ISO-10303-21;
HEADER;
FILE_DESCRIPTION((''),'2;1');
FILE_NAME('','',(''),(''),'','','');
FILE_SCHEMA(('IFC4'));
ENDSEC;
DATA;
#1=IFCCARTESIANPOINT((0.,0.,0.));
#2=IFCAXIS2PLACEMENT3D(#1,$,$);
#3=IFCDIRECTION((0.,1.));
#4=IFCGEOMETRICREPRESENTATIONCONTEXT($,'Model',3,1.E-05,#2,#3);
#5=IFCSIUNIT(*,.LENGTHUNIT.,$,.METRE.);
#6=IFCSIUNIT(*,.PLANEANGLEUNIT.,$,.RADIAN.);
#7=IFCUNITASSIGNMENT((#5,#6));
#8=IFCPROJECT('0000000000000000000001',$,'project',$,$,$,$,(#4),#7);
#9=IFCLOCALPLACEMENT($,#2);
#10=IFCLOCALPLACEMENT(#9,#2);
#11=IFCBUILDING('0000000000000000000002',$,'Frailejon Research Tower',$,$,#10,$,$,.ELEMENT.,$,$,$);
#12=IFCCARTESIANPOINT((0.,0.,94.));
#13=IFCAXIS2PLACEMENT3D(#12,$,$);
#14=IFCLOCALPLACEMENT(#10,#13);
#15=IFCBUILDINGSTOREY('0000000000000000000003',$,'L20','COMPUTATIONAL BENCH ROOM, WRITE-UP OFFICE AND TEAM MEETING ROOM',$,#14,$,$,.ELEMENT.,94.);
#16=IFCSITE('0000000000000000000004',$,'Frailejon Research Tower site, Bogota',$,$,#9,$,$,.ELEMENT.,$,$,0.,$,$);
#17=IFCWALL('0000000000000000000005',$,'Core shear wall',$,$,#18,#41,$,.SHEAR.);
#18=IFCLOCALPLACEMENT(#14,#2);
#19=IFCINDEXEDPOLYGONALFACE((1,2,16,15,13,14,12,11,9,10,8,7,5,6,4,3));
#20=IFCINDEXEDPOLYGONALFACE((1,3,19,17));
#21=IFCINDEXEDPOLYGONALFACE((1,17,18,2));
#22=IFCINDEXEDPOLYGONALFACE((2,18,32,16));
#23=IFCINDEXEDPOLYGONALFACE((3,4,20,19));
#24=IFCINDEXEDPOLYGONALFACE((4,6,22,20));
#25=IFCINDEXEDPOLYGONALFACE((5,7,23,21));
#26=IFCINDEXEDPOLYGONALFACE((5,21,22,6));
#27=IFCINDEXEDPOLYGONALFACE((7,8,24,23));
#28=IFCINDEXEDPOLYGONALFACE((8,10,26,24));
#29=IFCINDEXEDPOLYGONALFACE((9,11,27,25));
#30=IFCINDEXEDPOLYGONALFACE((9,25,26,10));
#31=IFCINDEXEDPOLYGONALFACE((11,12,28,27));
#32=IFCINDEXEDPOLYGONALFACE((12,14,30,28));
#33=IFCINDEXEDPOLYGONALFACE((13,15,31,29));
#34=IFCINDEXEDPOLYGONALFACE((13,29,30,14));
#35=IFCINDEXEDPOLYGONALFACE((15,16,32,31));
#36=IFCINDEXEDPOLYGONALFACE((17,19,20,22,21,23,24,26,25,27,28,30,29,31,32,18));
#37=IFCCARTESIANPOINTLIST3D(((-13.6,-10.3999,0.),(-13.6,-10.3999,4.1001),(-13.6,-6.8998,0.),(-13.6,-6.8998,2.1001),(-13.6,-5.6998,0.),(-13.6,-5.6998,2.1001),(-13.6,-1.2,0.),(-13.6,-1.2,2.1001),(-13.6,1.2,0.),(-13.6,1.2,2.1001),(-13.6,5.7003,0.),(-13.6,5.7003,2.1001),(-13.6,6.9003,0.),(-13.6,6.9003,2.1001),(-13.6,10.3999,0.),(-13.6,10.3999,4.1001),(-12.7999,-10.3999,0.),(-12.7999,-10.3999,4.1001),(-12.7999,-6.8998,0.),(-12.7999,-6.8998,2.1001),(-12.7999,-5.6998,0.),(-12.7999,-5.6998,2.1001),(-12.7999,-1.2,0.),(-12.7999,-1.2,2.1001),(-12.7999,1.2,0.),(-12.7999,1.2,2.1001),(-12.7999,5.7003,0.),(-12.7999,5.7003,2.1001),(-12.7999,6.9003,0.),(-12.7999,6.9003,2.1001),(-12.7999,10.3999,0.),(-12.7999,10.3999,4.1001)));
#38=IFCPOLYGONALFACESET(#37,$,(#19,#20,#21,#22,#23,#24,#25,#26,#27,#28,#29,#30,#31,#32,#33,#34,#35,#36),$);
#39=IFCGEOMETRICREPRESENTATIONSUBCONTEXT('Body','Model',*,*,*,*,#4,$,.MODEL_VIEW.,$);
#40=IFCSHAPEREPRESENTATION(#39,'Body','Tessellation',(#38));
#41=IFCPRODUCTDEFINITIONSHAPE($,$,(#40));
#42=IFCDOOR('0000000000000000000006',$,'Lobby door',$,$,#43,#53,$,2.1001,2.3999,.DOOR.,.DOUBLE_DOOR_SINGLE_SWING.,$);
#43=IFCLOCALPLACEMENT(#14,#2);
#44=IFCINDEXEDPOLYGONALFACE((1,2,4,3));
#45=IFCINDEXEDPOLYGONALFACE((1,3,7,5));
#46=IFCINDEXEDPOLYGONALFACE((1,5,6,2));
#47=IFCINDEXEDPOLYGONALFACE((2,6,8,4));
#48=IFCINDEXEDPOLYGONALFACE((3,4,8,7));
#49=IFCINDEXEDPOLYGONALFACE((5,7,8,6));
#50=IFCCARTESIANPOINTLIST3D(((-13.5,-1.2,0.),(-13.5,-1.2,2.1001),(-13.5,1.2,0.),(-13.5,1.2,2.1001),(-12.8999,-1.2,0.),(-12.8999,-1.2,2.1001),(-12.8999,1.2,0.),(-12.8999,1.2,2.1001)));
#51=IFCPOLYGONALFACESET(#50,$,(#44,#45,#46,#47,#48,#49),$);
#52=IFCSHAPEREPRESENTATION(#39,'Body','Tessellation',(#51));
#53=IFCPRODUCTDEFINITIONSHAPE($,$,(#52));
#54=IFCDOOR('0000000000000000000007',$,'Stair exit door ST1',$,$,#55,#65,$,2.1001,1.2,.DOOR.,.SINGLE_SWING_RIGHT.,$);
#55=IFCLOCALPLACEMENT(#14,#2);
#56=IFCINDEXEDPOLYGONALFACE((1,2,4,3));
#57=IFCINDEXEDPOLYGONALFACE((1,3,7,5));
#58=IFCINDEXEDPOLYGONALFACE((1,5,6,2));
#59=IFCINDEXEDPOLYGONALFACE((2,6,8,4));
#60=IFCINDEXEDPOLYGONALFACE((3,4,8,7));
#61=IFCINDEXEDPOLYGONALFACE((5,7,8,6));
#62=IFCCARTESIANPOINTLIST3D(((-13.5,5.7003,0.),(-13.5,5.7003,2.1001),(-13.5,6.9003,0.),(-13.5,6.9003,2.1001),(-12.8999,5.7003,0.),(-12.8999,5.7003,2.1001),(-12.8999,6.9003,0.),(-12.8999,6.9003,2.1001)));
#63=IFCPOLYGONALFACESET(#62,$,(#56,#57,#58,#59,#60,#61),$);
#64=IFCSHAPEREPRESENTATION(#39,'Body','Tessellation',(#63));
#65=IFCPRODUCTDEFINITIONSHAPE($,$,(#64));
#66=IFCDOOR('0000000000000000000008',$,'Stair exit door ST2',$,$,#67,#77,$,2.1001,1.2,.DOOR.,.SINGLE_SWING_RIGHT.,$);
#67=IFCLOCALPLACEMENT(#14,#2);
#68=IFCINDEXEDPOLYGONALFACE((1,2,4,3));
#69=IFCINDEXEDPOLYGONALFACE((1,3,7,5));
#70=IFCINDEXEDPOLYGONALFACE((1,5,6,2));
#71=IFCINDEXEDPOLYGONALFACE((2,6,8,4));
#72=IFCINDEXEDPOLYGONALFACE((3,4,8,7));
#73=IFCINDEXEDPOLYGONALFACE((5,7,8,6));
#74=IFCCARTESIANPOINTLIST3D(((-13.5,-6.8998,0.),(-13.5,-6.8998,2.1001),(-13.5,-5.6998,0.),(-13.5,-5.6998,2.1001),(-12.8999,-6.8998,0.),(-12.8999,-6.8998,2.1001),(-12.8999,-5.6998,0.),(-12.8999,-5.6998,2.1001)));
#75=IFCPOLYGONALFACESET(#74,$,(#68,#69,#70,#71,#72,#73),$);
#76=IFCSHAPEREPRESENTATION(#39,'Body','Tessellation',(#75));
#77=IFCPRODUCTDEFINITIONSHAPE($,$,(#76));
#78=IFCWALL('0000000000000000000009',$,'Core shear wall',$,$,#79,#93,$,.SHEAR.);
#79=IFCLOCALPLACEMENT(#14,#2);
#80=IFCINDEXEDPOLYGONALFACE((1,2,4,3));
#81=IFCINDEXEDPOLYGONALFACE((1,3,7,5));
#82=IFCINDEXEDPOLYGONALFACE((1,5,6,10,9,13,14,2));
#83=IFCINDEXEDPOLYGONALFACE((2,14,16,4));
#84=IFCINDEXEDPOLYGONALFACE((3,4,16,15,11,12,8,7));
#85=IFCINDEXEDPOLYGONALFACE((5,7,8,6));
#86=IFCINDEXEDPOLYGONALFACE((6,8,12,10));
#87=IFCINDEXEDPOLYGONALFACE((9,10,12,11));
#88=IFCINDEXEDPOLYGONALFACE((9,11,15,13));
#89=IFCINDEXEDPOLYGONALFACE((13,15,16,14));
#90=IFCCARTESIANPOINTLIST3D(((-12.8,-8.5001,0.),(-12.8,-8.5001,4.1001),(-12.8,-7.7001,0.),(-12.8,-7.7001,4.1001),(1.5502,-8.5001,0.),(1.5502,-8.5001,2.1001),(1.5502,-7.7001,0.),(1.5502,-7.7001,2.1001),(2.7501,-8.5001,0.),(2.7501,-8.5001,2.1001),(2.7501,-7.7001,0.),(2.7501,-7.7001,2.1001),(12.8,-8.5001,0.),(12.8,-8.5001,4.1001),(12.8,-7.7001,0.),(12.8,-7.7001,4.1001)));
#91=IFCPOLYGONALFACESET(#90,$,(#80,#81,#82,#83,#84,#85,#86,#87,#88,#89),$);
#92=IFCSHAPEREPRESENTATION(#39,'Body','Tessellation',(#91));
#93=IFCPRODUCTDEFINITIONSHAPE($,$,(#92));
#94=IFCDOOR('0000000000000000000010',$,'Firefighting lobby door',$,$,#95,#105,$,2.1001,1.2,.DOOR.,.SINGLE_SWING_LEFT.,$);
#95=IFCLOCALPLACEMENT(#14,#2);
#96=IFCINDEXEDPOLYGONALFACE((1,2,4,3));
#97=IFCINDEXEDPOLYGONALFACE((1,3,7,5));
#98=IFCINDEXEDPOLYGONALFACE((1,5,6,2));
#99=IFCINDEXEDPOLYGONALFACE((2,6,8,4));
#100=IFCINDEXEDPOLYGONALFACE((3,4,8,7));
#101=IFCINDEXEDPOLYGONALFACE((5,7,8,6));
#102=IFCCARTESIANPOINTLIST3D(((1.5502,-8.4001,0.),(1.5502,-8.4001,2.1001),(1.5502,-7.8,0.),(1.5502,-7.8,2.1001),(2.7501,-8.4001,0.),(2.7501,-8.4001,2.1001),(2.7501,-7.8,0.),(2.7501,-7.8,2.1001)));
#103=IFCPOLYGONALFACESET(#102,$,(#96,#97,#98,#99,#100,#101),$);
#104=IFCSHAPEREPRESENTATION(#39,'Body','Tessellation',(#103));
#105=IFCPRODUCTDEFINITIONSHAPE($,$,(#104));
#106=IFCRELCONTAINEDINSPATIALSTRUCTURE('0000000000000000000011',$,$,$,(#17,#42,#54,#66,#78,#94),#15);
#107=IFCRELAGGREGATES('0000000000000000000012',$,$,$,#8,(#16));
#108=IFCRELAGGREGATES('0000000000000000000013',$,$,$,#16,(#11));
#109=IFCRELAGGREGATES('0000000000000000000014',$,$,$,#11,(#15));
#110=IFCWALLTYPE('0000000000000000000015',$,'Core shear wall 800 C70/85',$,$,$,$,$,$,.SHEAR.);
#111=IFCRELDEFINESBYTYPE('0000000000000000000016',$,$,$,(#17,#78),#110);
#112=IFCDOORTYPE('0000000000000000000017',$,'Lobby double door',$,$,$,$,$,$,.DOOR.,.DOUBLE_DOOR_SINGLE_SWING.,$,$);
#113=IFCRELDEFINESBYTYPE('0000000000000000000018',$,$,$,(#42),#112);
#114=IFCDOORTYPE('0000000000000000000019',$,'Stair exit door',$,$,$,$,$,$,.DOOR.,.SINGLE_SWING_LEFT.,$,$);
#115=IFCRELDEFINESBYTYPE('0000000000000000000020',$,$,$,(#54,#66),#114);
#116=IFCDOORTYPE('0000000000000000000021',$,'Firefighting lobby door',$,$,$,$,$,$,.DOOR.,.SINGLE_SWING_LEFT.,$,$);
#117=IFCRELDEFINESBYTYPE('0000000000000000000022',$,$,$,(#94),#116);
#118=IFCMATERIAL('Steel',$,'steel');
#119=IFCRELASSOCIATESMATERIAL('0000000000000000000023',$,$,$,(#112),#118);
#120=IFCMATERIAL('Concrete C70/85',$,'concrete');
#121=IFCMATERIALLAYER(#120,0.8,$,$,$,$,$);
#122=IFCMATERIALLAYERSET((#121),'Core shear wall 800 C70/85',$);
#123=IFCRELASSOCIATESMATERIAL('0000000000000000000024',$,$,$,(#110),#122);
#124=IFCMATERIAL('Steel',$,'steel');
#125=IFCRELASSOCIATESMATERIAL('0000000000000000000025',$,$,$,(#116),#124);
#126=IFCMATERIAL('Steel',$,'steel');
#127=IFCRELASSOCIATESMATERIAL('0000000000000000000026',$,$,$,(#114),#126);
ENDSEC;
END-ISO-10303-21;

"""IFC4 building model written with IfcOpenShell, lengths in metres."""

from ifc_helpers import new_model, si_unit, direction, frame, frame_2d, origin, place, context, subcontext, project, spatial, rectangle, extrude, material, layer, layer_set, type_object, element, fill, save


model = new_model("IFC4")

# Units and contexts
model_context = context("Model", 3, precision=1e-05, world=origin(), true_north=direction((0.0, 1.0)))
body_context = subcontext(model_context, "Body", "Model", "MODEL_VIEW")
ifc_project = project(units=[si_unit("LENGTHUNIT", "METRE"), si_unit("PLANEANGLEUNIT", "RADIAN")], contexts=[model_context])

# Site, building, storey
site_placement = place(None, origin())
site = spatial("IfcSite", under=ifc_project, at=site_placement, Name="Frailejon Research Tower site, Bogota", CompositionType="ELEMENT", RefElevation=0.0)
building_placement = place(site_placement, origin())
building = spatial("IfcBuilding", under=site, at=building_placement, Name="Frailejon Research Tower", CompositionType="ELEMENT")
storey_placement = place(building_placement, frame((0.0, 0.0, 94.0)))
storey = spatial("IfcBuildingStorey", under=building, at=storey_placement, Name="L20", Description="COMPUTATIONAL BENCH ROOM, WRITE-UP OFFICE AND TEAM MEETING ROOM", CompositionType="ELEMENT", Elevation=94.0)

# Wall, openings, doors
ifc_material_1 = material(Name="Steel", Category="steel")
door_type_1 = type_object("IfcDoorType", Name="Lobby double door", OperationType="DOUBLE_DOOR_SINGLE_SWING", PredefinedType="DOOR", material=ifc_material_1)
ifc_material_2 = material(Name="Concrete C70/85", Category="concrete")
ifc_layer_1 = layer(ifc_material_2, 0.8)
ifc_layer_set_1 = layer_set([ifc_layer_1], Name="Core shear wall 800 C70/85")
wall_type_1 = type_object("IfcWallType", Name="Core shear wall 800 C70/85", PredefinedType="SHEAR", material=ifc_layer_set_1)
ifc_material_3 = material(Name="Steel", Category="steel")
door_type_2 = type_object("IfcDoorType", Name="Firefighting lobby door", OperationType="SINGLE_SWING_LEFT", PredefinedType="DOOR", material=ifc_material_3)
wall_1_placement = place(storey_placement, frame((-13.2, -10.3999, 0.0), z_axis=(0.0, 0.0, 1.0), x_axis=(0.0, 1.0, 0.0)))
wall_1 = element("IfcWall", 1, at=wall_1_placement, inside=storey, type_object=wall_type_1, Name="Core shear wall", PredefinedType="SHEAR", context=body_context, shape_type="SweptSolid", body=[
    extrude(rectangle(XDim=20.7998, YDim=0.8, at=frame_2d((10.3999, 0.0))), origin(), (0.0, 0.0, 1.0), 4.1001),
])
opening_1_placement = place(wall_1_placement, frame((9.2, 0.0, 0.0)))
opening_1 = element("IfcOpeningElement", 2, at=opening_1_placement, cuts=wall_1, PredefinedType="OPENING", context=body_context, shape_type="SweptSolid", body=[
    extrude(rectangle(XDim=2.3999, YDim=2.1001, at=frame_2d((1.2, 1.05))), frame((0.0, 0.4099, 0.0), z_axis=(0.0, -1.0, 0.0), x_axis=(1.0, 0.0, 0.0)), (0.0, 0.0, 1.0), 0.8201),
])
opening_2_placement = place(wall_1_placement, frame((16.1001, 0.0, 0.0)))
opening_2 = element("IfcOpeningElement", 3, at=opening_2_placement, cuts=wall_1, PredefinedType="OPENING", context=body_context, shape_type="SweptSolid", body=[
    extrude(rectangle(XDim=1.2, YDim=2.1001, at=frame_2d((0.6001, 1.05))), frame((0.0, 0.4099, 0.0), z_axis=(0.0, -1.0, 0.0), x_axis=(1.0, 0.0, 0.0)), (0.0, 0.0, 1.0), 0.8201),
])
opening_3_placement = place(wall_1_placement, frame((3.5, 0.0, 0.0)))
opening_3 = element("IfcOpeningElement", 4, at=opening_3_placement, cuts=wall_1, PredefinedType="OPENING", context=body_context, shape_type="SweptSolid", body=[
    extrude(rectangle(XDim=1.2, YDim=2.1001, at=frame_2d((0.6001, 1.05))), frame((0.0, 0.4099, 0.0), z_axis=(0.0, -1.0, 0.0), x_axis=(1.0, 0.0, 0.0)), (0.0, 0.0, 1.0), 0.8201),
])
door_1_placement = place(opening_1_placement, origin())
door_1 = element("IfcDoor", 5, at=door_1_placement, inside=storey, type_object=door_type_1, Name="Lobby door", OperationType="DOUBLE_DOOR_SINGLE_SWING", OverallHeight=2.1001, OverallWidth=2.3999, PredefinedType="DOOR", context=body_context, shape_type="SweptSolid", body=[
    extrude(rectangle(XDim=2.3999, YDim=2.1001, at=frame_2d((1.2, 1.05))), frame((0.0, 0.3, 0.0), z_axis=(0.0, -1.0, 0.0), x_axis=(1.0, 0.0, 0.0)), (0.0, 0.0, 1.0), 0.6001),
])
fill(opening_1, door_1)
ifc_material_4 = material(Name="Steel", Category="steel")
door_type_3 = type_object("IfcDoorType", Name="Stair exit door", OperationType="SINGLE_SWING_LEFT", PredefinedType="DOOR", material=ifc_material_4)
door_2_placement = place(opening_2_placement, origin())
door_2 = element("IfcDoor", 6, at=door_2_placement, inside=storey, type_object=door_type_3, Name="Stair exit door ST1", OperationType="SINGLE_SWING_RIGHT", OverallHeight=2.1001, OverallWidth=1.2, PredefinedType="DOOR", context=body_context, shape_type="SweptSolid", body=[
    extrude(rectangle(XDim=1.2, YDim=2.1001, at=frame_2d((0.6001, 1.05))), frame((0.0, 0.3, 0.0), z_axis=(0.0, -1.0, 0.0), x_axis=(1.0, 0.0, 0.0)), (0.0, 0.0, 1.0), 0.6001),
])
fill(opening_2, door_2)
door_3_placement = place(opening_3_placement, origin())
door_3 = element("IfcDoor", 7, at=door_3_placement, inside=storey, type_object=door_type_3, Name="Stair exit door ST2", OperationType="SINGLE_SWING_RIGHT", OverallHeight=2.1001, OverallWidth=1.2, PredefinedType="DOOR", context=body_context, shape_type="SweptSolid", body=[
    extrude(rectangle(XDim=1.2, YDim=2.1001, at=frame_2d((0.6001, 1.05))), frame((0.0, 0.3, 0.0), z_axis=(0.0, -1.0, 0.0), x_axis=(1.0, 0.0, 0.0)), (0.0, 0.0, 1.0), 0.6001),
])
fill(opening_3, door_3)

# Wall, opening, door
wall_2_placement = place(storey_placement, frame((-12.8, -8.1001, 0.0), z_axis=(0.0, 0.0, 1.0), x_axis=(1.0, 0.0, 0.0)))
wall_2 = element("IfcWall", 8, at=wall_2_placement, inside=storey, type_object=wall_type_1, Name="Core shear wall", PredefinedType="SHEAR", context=body_context, shape_type="SweptSolid", body=[
    extrude(rectangle(XDim=25.6001, YDim=0.8, at=frame_2d((12.8, 0.0))), origin(), (0.0, 0.0, 1.0), 4.1001),
])
opening_4_placement = place(wall_2_placement, frame((14.3501, 0.0, 0.0)))
opening_4 = element("IfcOpeningElement", 9, at=opening_4_placement, cuts=wall_2, PredefinedType="OPENING", context=body_context, shape_type="SweptSolid", body=[
    extrude(rectangle(XDim=1.2, YDim=2.1001, at=frame_2d((0.6001, 1.05))), frame((0.0, 0.4099, 0.0), z_axis=(0.0, -1.0, 0.0), x_axis=(1.0, 0.0, 0.0)), (0.0, 0.0, 1.0), 0.8201),
])
door_4_placement = place(opening_4_placement, origin())
door_4 = element("IfcDoor", 10, at=door_4_placement, inside=storey, type_object=door_type_2, Name="Firefighting lobby door", OperationType="SINGLE_SWING_LEFT", OverallHeight=2.1001, OverallWidth=1.2, PredefinedType="DOOR", context=body_context, shape_type="SweptSolid", body=[
    extrude(rectangle(XDim=1.2, YDim=2.1001, at=frame_2d((0.6001, 1.05))), frame((0.0, 0.3, 0.0), z_axis=(0.0, -1.0, 0.0), x_axis=(1.0, 0.0, 0.0)), (0.0, 0.0, 1.0), 0.6001),
])
fill(opening_4, door_4)

save(model, "model.ifc")
